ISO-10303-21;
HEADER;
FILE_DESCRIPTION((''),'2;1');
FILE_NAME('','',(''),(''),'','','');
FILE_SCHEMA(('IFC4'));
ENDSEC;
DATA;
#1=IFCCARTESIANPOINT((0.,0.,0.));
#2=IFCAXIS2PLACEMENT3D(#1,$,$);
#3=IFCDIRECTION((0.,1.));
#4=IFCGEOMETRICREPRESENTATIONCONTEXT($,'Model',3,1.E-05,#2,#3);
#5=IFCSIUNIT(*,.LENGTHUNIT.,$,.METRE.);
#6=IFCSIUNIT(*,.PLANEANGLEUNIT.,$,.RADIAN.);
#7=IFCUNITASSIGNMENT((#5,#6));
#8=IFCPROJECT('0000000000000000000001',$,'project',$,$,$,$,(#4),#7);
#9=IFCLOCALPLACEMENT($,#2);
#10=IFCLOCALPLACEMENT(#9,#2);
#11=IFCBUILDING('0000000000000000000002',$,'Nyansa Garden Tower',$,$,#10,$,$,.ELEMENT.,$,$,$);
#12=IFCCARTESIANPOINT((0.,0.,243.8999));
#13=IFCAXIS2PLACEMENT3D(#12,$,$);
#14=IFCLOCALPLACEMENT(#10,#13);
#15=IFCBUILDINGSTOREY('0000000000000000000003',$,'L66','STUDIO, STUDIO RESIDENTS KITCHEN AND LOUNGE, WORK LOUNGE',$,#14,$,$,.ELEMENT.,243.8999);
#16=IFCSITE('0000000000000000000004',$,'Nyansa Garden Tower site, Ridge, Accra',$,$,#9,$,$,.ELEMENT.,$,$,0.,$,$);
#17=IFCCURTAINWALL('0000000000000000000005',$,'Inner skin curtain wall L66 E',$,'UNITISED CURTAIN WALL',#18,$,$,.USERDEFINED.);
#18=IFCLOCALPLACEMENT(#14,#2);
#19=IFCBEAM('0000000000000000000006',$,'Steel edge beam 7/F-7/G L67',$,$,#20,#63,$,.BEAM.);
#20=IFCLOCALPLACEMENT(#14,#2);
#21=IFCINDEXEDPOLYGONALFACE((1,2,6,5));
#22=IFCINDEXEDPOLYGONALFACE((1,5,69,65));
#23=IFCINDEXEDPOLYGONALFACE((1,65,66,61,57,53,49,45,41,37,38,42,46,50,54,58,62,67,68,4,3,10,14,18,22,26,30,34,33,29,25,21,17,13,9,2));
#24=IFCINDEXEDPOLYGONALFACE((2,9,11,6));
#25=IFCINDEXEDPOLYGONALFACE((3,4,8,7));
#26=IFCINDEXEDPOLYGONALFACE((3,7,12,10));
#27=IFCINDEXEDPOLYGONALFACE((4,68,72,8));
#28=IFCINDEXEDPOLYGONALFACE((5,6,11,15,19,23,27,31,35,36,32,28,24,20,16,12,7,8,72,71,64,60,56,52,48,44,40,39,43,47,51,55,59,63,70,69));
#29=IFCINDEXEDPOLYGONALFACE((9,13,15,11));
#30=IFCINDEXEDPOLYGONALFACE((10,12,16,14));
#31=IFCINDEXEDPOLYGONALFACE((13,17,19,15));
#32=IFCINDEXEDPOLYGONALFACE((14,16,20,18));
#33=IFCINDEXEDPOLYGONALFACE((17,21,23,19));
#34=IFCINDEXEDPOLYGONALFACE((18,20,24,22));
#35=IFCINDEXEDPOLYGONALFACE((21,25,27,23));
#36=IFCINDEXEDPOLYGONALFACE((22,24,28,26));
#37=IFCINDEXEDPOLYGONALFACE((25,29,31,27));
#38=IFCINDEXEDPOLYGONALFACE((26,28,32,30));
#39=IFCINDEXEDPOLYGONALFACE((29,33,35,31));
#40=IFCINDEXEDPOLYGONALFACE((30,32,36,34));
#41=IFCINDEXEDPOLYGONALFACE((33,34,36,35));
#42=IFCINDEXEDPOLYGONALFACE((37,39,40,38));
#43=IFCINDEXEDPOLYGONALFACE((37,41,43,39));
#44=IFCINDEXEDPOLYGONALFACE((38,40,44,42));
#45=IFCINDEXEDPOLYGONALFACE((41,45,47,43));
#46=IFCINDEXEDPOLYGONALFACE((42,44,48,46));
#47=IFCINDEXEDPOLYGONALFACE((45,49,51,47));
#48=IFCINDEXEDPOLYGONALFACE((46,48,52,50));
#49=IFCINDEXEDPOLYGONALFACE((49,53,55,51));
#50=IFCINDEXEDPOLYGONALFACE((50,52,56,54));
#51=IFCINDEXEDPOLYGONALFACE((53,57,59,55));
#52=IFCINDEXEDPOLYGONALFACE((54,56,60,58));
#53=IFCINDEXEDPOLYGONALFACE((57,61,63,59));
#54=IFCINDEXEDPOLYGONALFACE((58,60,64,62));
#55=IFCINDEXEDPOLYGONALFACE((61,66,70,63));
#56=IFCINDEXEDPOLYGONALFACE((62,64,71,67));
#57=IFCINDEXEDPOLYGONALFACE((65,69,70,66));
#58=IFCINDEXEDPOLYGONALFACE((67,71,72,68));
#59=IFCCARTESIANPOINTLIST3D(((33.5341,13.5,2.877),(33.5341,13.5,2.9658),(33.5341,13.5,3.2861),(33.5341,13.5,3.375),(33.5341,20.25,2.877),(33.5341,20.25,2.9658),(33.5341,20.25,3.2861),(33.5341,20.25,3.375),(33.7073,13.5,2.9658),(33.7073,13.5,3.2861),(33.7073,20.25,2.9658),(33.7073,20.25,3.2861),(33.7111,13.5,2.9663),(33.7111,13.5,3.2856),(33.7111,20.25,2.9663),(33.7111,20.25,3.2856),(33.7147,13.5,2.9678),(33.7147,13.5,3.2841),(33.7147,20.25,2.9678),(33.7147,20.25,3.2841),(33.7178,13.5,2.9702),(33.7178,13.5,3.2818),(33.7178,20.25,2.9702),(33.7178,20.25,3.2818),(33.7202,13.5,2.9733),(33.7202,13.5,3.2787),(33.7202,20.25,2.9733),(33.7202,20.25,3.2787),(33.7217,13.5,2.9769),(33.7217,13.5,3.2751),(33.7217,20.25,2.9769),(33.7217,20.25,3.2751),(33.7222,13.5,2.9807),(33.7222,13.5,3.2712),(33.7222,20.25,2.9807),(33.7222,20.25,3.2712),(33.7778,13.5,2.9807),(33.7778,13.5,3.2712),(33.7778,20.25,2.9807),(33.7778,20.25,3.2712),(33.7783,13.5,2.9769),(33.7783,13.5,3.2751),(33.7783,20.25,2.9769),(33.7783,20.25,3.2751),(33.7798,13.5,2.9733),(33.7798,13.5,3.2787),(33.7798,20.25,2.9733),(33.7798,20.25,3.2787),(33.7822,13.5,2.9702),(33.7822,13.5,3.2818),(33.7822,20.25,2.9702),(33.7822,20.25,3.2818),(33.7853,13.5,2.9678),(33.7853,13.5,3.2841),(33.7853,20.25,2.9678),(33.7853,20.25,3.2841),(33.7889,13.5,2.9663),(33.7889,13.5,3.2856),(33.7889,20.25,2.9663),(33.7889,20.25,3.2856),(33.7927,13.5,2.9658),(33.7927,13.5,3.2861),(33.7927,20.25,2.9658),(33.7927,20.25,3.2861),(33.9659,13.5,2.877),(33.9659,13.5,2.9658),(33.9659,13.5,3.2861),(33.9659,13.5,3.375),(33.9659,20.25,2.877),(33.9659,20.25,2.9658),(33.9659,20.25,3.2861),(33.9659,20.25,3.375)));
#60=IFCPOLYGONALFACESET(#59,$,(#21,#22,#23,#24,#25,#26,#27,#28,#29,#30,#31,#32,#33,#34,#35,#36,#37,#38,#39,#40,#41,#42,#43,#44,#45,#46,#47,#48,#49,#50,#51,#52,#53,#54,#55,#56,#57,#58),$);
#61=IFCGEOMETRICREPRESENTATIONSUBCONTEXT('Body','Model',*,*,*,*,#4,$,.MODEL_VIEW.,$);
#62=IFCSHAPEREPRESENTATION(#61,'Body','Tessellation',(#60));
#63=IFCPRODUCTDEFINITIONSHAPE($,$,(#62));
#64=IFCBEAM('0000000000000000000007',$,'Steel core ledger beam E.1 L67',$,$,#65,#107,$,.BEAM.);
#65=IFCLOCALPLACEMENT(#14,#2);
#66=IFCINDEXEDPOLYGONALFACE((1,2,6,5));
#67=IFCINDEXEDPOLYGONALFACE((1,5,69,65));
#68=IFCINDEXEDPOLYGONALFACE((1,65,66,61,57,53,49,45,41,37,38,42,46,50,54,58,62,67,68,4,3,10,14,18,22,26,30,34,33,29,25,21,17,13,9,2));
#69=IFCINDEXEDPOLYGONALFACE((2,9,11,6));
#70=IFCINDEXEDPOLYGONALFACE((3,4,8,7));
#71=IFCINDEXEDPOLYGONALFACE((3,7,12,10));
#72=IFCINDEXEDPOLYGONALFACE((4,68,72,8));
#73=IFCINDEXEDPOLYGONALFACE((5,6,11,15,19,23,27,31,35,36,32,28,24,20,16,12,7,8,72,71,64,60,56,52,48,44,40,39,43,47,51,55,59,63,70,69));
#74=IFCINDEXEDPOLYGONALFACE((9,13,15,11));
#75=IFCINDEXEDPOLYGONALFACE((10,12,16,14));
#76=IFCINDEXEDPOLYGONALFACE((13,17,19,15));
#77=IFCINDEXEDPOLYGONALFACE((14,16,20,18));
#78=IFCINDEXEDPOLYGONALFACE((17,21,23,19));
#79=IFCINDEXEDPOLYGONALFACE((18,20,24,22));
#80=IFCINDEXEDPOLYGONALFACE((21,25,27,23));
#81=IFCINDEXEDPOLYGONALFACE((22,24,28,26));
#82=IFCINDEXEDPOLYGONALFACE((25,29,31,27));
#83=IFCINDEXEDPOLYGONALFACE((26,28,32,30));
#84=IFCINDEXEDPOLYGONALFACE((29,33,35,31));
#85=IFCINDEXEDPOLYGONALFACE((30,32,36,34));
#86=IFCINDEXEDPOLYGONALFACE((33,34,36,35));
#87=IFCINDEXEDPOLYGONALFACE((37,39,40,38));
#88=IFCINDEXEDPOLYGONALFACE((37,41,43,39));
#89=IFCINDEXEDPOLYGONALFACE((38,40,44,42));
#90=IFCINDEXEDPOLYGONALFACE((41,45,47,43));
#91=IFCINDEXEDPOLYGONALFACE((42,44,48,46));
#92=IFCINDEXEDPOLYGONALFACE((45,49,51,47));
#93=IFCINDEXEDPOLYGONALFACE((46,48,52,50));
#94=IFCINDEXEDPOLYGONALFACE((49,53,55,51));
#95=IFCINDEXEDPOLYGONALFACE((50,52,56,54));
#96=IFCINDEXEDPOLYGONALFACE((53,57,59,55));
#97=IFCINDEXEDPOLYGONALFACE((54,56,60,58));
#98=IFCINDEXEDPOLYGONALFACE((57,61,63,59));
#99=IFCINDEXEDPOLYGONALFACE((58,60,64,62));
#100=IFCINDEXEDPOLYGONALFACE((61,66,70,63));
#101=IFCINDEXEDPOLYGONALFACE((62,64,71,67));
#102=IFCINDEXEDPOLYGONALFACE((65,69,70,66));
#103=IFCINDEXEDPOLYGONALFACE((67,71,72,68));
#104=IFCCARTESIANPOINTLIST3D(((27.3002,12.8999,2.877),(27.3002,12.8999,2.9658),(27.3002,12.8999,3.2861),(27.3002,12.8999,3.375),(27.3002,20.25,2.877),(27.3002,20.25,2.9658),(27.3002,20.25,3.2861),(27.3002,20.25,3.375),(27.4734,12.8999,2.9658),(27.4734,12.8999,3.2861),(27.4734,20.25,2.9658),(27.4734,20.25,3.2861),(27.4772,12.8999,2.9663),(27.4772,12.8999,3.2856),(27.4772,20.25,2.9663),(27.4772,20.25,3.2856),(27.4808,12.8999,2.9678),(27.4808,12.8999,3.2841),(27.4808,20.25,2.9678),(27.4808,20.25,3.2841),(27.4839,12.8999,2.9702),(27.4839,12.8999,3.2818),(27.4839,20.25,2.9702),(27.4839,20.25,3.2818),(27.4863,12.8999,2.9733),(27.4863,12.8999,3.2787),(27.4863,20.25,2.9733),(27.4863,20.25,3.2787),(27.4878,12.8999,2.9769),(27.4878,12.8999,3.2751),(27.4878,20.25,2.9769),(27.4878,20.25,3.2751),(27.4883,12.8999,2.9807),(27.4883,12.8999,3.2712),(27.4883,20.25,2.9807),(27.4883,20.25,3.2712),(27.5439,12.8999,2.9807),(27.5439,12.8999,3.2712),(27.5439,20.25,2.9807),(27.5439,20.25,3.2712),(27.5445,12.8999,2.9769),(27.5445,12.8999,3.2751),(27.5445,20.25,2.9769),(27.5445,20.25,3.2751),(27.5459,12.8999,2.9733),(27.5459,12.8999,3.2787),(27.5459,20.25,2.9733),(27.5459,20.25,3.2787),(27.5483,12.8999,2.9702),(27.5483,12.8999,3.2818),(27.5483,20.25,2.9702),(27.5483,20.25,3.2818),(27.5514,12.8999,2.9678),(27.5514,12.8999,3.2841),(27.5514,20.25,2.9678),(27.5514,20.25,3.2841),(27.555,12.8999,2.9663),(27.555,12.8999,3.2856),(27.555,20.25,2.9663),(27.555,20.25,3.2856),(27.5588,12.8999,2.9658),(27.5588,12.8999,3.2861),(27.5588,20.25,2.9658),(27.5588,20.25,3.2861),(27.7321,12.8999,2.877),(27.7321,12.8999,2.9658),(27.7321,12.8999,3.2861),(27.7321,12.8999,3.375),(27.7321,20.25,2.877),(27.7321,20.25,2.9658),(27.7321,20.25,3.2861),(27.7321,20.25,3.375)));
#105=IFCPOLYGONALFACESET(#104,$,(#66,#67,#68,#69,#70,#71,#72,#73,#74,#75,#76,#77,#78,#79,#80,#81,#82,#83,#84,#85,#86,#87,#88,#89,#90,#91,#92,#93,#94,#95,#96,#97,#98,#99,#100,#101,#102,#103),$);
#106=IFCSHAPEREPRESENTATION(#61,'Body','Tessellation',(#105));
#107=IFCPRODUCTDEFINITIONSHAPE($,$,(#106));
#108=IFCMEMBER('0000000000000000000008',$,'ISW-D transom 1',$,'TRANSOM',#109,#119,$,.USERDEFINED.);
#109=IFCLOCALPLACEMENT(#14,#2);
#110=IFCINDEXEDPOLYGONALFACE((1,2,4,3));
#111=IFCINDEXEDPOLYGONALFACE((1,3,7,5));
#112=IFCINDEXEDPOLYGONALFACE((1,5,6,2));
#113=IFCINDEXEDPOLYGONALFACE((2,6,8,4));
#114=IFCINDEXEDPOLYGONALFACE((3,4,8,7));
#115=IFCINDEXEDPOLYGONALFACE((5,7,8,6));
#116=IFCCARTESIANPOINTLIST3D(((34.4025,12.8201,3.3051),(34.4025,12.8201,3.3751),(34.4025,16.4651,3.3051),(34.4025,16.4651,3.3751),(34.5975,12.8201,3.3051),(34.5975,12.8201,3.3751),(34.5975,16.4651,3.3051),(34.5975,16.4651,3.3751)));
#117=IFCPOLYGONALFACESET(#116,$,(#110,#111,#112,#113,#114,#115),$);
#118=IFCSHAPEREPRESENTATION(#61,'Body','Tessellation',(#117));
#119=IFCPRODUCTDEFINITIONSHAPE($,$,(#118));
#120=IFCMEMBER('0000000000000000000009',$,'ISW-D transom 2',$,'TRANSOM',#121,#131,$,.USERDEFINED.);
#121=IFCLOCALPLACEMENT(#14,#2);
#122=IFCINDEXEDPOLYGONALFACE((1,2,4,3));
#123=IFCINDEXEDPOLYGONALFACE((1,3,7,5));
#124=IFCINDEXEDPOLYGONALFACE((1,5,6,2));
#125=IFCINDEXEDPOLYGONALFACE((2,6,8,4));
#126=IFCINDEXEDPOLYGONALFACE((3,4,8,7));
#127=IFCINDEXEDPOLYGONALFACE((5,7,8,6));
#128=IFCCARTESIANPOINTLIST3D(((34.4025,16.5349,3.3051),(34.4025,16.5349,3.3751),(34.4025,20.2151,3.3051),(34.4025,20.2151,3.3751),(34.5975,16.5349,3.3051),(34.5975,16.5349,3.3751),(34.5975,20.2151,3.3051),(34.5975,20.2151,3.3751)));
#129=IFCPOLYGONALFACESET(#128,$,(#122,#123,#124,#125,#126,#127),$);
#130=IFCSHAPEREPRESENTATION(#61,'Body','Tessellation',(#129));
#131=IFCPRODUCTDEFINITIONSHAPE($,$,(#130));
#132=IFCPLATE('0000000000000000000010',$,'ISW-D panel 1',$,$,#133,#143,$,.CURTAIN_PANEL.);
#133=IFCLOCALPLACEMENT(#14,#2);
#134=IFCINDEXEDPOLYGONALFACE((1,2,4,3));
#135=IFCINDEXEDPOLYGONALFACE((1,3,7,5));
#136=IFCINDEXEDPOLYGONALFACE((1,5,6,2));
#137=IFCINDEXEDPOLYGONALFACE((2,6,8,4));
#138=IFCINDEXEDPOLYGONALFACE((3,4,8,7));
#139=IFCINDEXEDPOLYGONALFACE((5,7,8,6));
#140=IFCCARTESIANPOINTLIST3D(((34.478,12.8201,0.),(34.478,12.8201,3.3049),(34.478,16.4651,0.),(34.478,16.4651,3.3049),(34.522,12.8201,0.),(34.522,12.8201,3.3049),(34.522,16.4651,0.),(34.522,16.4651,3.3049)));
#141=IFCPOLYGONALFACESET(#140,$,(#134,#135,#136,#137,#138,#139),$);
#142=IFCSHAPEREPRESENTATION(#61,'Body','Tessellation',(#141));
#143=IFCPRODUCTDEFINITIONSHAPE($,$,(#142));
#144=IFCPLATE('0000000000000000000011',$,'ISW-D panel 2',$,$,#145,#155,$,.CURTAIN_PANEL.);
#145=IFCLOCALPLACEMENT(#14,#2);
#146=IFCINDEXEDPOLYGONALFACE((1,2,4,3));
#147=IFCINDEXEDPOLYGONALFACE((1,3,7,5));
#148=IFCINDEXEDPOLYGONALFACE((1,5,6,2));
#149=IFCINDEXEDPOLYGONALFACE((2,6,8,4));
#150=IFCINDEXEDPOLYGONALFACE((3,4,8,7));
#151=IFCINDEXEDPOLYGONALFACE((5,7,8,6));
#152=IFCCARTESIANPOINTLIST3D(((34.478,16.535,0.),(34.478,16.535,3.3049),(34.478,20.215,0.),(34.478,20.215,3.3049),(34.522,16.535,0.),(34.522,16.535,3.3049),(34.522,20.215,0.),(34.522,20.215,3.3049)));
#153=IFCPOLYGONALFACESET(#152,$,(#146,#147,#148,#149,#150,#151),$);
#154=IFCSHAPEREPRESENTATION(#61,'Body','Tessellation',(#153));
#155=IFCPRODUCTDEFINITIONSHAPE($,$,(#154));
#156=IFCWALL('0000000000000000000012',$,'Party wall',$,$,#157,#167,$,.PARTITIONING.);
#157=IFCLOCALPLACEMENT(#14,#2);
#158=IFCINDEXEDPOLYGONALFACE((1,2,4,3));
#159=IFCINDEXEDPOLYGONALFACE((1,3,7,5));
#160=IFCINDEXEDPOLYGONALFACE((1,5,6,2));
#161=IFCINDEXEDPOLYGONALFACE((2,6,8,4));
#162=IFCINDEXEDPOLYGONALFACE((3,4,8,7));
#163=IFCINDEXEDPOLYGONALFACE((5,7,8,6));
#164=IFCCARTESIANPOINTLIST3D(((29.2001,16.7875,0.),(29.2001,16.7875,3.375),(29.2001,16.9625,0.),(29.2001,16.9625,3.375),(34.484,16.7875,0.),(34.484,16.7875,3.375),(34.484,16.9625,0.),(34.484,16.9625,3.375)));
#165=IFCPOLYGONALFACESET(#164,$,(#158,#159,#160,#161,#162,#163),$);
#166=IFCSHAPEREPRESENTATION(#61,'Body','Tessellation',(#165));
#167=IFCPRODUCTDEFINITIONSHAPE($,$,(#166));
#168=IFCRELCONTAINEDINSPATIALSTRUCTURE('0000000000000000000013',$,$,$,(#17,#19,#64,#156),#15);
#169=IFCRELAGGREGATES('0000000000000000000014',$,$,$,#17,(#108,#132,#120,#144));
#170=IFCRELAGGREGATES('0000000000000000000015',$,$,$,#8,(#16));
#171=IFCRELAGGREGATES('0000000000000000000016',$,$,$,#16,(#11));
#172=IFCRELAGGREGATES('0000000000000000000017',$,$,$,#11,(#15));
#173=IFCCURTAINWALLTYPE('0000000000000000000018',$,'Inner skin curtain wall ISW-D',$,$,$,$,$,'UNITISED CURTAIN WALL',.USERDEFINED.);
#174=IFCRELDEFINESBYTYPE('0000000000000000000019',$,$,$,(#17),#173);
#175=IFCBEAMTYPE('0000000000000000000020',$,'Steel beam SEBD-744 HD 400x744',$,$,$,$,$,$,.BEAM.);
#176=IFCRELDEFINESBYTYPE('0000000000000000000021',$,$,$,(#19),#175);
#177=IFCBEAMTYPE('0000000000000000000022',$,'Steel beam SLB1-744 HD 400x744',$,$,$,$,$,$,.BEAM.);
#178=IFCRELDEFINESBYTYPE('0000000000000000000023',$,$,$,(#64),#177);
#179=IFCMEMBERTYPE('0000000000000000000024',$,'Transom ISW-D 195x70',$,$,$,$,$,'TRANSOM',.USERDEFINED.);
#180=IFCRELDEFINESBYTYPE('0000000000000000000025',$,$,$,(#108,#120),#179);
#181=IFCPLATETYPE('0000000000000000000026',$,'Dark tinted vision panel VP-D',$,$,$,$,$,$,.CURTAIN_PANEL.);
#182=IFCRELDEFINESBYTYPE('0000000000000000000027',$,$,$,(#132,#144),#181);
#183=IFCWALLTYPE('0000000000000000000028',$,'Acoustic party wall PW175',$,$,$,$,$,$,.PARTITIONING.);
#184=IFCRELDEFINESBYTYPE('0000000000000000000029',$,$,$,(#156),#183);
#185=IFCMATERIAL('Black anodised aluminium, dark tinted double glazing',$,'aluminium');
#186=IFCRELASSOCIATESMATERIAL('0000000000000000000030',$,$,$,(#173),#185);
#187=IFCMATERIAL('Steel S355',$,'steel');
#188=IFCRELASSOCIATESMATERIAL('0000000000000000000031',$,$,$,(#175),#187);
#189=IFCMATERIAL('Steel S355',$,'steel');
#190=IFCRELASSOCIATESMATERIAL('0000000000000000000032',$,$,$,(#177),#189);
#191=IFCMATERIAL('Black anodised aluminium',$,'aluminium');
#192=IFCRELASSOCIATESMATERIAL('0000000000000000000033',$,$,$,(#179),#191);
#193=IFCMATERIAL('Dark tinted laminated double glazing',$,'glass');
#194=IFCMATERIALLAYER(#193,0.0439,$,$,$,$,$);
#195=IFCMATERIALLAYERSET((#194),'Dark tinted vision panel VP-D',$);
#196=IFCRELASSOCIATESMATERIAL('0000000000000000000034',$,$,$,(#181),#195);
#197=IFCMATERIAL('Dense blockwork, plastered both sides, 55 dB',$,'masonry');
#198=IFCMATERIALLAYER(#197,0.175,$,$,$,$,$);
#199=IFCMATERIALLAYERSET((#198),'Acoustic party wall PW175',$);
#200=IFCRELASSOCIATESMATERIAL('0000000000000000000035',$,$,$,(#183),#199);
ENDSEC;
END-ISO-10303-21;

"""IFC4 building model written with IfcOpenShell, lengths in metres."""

from ifc_helpers import new_model, si_unit, direction, frame, frame_2d, origin, origin_2d, place, context, subcontext, project, spatial, rectangle, i_section, extrude, material, layer, layer_set, material_profile, profile_set, type_object, element, aggregate, save


model = new_model("IFC4")

# Units and contexts
model_context = context("Model", 3, precision=1e-05, world=origin(), true_north=direction((0.0, 1.0)))
body_context = subcontext(model_context, "Body", "Model", "MODEL_VIEW")
ifc_project = project(units=[si_unit("LENGTHUNIT", "METRE"), si_unit("PLANEANGLEUNIT", "RADIAN")], contexts=[model_context])

# Site, building, storey
site_placement = place(None, origin())
site = spatial("IfcSite", under=ifc_project, at=site_placement, Name="Nyansa Garden Tower site, Ridge, Accra", CompositionType="ELEMENT", RefElevation=0.0)
building_placement = place(site_placement, origin())
building = spatial("IfcBuilding", under=site, at=building_placement, Name="Nyansa Garden Tower", CompositionType="ELEMENT")
storey_placement = place(building_placement, frame((0.0, 0.0, 243.8999)))
storey = spatial("IfcBuildingStorey", under=building, at=storey_placement, Name="L66", Description="STUDIO, STUDIO RESIDENTS KITCHEN AND LOUNGE, WORK LOUNGE", CompositionType="ELEMENT", Elevation=243.8999)

# Curtain wall
ifc_material_1 = material(Name="Black anodised aluminium, dark tinted double glazing", Category="aluminium")
curtain_wall_type = type_object("IfcCurtainWallType", Name="Inner skin curtain wall ISW-D", ElementType="UNITISED CURTAIN WALL", PredefinedType="USERDEFINED", material=ifc_material_1)
curtain_wall_placement = place(storey_placement, origin())
curtain_wall = element("IfcCurtainWall", 1, at=curtain_wall_placement, inside=storey, type_object=curtain_wall_type, Name="Inner skin curtain wall L66 E", ObjectType="UNITISED CURTAIN WALL", PredefinedType="USERDEFINED")

# Beams
ifc_material_2 = material(Name="Steel S355", Category="steel")
ifc_material_profile_1 = material_profile(ifc_material_2, i_section(OverallWidth=0.4319, OverallDepth=0.498, WebThickness=0.0557, FlangeThickness=0.0889, FilletRadius=0.0149, at=origin_2d()), Name="HD 400x744")
ifc_profile_set_1 = profile_set([ifc_material_profile_1], Name="Steel S355")
beam_type_1 = type_object("IfcBeamType", Name="Steel beam SEBD-744 HD 400x744", PredefinedType="BEAM", material=ifc_profile_set_1)
beam_1_placement = place(storey_placement, frame((33.75, 13.5, 3.126), z_axis=(0.0, 1.0, 0.0), x_axis=(-1.0, 0.0, 0.0)))
element("IfcBeam", 2, at=beam_1_placement, inside=storey, type_object=beam_type_1, Name="Steel edge beam 7/F-7/G L67", PredefinedType="BEAM", context=body_context, shape_type="SweptSolid", body=[
    extrude(i_section(OverallWidth=0.4319, OverallDepth=0.498, WebThickness=0.0557, FlangeThickness=0.0889, FilletRadius=0.0149, at=origin_2d()), origin(), (0.0, 0.0, 1.0), 6.75),
])
ifc_material_3 = material(Name="Steel S355", Category="steel")
ifc_material_profile_2 = material_profile(ifc_material_3, i_section(OverallWidth=0.4319, OverallDepth=0.498, WebThickness=0.0557, FlangeThickness=0.0889, FilletRadius=0.0149, at=origin_2d()), Name="HD 400x744")
ifc_profile_set_2 = profile_set([ifc_material_profile_2], Name="Steel S355")
beam_type_2 = type_object("IfcBeamType", Name="Steel beam SLB1-744 HD 400x744", PredefinedType="BEAM", material=ifc_profile_set_2)
beam_2_placement = place(storey_placement, frame((27.5161, 12.8999, 3.126), z_axis=(0.0, 1.0, 0.0), x_axis=(-1.0, 0.0, 0.0)))
element("IfcBeam", 3, at=beam_2_placement, inside=storey, type_object=beam_type_2, Name="Steel core ledger beam E.1 L67", PredefinedType="BEAM", context=body_context, shape_type="SweptSolid", body=[
    extrude(i_section(OverallWidth=0.4319, OverallDepth=0.498, WebThickness=0.0557, FlangeThickness=0.0889, FilletRadius=0.0149, at=origin_2d()), origin(), (0.0, 0.0, 1.0), 7.3501),
])

# Members
ifc_material_4 = material(Name="Black anodised aluminium", Category="aluminium")
ifc_material_profile_3 = material_profile(ifc_material_4, rectangle(XDim=0.1951, YDim=0.0701, at=origin_2d()), Name="Transom 195x70")
ifc_profile_set_3 = profile_set([ifc_material_profile_3], Name="Black anodised aluminium")
member_type_1 = type_object("IfcMemberType", Name="Transom ISW-D 195x70", ElementType="TRANSOM", PredefinedType="USERDEFINED", material=ifc_profile_set_3)
member_1_placement = place(storey_placement, frame((34.5, 12.8201, 3.3401), z_axis=(0.0, 1.0, 0.0), x_axis=(-1.0, 0.0, 0.0)))
member_1 = element("IfcMember", 4, at=member_1_placement, type_object=member_type_1, Name="ISW-D transom 1", ObjectType="TRANSOM", PredefinedType="USERDEFINED", context=body_context, shape_type="SweptSolid", body=[
    extrude(rectangle(XDim=0.1951, YDim=0.0701, at=origin_2d()), origin(), (0.0, 0.0, 1.0), 3.645),
])
member_2_placement = place(storey_placement, frame((34.5, 16.5349, 3.3401), z_axis=(0.0, 1.0, 0.0), x_axis=(-1.0, 0.0, 0.0)))
member_2 = element("IfcMember", 5, at=member_2_placement, type_object=member_type_1, Name="ISW-D transom 2", ObjectType="TRANSOM", PredefinedType="USERDEFINED", context=body_context, shape_type="SweptSolid", body=[
    extrude(rectangle(XDim=0.1951, YDim=0.0701, at=origin_2d()), origin(), (0.0, 0.0, 1.0), 3.6802),
])

# Plates
ifc_material_5 = material(Name="Dark tinted laminated double glazing", Category="glass")
ifc_layer_1 = layer(ifc_material_5, 0.0439)
ifc_layer_set_1 = layer_set([ifc_layer_1], Name="Dark tinted vision panel VP-D")
plate_type = type_object("IfcPlateType", Name="Dark tinted vision panel VP-D", PredefinedType="CURTAIN_PANEL", material=ifc_layer_set_1)
plate_1_placement = place(storey_placement, frame((34.5, 14.6426, 0.0), z_axis=(0.0, 0.0, 1.0), x_axis=(0.0, 1.0, 0.0)))
plate_1 = element("IfcPlate", 6, at=plate_1_placement, type_object=plate_type, Name="ISW-D panel 1", PredefinedType="CURTAIN_PANEL", context=body_context, shape_type="SweptSolid", body=[
    extrude(rectangle(XDim=3.645, YDim=0.0439, at=origin_2d()), origin(), (0.0, 0.0, 1.0), 3.3049),
])
plate_2_placement = place(storey_placement, frame((34.5, 18.375, 0.0), z_axis=(0.0, 0.0, 1.0), x_axis=(0.0, 1.0, 0.0)))
plate_2 = element("IfcPlate", 7, at=plate_2_placement, type_object=plate_type, Name="ISW-D panel 2", PredefinedType="CURTAIN_PANEL", context=body_context, shape_type="SweptSolid", body=[
    extrude(rectangle(XDim=3.6799, YDim=0.0439, at=origin_2d()), origin(), (0.0, 0.0, 1.0), 3.3049),
])
aggregate(curtain_wall, [member_1, plate_1, member_2, plate_2])

# Wall
ifc_material_6 = material(Name="Dense blockwork, plastered both sides, 55 dB", Category="masonry")
ifc_layer_2 = layer(ifc_material_6, 0.175)
ifc_layer_set_2 = layer_set([ifc_layer_2], Name="Acoustic party wall PW175")
wall_type_1 = type_object("IfcWallType", Name="Acoustic party wall PW175", PredefinedType="PARTITIONING", material=ifc_layer_set_2)
wall_1_placement = place(storey_placement, frame((29.2, 16.875, 0.0), z_axis=(0.0, 0.0, 1.0), x_axis=(1.0, 0.0, 0.0)))
element("IfcWall", 8, at=wall_1_placement, inside=storey, type_object=wall_type_1, Name="Party wall", PredefinedType="PARTITIONING", context=body_context, shape_type="SweptSolid", body=[
    extrude(rectangle(XDim=5.2839, YDim=0.175, at=frame_2d((2.6421, 0.0))), origin(), (0.0, 0.0, 1.0), 3.375),
])

save(model, "model.ifc")
